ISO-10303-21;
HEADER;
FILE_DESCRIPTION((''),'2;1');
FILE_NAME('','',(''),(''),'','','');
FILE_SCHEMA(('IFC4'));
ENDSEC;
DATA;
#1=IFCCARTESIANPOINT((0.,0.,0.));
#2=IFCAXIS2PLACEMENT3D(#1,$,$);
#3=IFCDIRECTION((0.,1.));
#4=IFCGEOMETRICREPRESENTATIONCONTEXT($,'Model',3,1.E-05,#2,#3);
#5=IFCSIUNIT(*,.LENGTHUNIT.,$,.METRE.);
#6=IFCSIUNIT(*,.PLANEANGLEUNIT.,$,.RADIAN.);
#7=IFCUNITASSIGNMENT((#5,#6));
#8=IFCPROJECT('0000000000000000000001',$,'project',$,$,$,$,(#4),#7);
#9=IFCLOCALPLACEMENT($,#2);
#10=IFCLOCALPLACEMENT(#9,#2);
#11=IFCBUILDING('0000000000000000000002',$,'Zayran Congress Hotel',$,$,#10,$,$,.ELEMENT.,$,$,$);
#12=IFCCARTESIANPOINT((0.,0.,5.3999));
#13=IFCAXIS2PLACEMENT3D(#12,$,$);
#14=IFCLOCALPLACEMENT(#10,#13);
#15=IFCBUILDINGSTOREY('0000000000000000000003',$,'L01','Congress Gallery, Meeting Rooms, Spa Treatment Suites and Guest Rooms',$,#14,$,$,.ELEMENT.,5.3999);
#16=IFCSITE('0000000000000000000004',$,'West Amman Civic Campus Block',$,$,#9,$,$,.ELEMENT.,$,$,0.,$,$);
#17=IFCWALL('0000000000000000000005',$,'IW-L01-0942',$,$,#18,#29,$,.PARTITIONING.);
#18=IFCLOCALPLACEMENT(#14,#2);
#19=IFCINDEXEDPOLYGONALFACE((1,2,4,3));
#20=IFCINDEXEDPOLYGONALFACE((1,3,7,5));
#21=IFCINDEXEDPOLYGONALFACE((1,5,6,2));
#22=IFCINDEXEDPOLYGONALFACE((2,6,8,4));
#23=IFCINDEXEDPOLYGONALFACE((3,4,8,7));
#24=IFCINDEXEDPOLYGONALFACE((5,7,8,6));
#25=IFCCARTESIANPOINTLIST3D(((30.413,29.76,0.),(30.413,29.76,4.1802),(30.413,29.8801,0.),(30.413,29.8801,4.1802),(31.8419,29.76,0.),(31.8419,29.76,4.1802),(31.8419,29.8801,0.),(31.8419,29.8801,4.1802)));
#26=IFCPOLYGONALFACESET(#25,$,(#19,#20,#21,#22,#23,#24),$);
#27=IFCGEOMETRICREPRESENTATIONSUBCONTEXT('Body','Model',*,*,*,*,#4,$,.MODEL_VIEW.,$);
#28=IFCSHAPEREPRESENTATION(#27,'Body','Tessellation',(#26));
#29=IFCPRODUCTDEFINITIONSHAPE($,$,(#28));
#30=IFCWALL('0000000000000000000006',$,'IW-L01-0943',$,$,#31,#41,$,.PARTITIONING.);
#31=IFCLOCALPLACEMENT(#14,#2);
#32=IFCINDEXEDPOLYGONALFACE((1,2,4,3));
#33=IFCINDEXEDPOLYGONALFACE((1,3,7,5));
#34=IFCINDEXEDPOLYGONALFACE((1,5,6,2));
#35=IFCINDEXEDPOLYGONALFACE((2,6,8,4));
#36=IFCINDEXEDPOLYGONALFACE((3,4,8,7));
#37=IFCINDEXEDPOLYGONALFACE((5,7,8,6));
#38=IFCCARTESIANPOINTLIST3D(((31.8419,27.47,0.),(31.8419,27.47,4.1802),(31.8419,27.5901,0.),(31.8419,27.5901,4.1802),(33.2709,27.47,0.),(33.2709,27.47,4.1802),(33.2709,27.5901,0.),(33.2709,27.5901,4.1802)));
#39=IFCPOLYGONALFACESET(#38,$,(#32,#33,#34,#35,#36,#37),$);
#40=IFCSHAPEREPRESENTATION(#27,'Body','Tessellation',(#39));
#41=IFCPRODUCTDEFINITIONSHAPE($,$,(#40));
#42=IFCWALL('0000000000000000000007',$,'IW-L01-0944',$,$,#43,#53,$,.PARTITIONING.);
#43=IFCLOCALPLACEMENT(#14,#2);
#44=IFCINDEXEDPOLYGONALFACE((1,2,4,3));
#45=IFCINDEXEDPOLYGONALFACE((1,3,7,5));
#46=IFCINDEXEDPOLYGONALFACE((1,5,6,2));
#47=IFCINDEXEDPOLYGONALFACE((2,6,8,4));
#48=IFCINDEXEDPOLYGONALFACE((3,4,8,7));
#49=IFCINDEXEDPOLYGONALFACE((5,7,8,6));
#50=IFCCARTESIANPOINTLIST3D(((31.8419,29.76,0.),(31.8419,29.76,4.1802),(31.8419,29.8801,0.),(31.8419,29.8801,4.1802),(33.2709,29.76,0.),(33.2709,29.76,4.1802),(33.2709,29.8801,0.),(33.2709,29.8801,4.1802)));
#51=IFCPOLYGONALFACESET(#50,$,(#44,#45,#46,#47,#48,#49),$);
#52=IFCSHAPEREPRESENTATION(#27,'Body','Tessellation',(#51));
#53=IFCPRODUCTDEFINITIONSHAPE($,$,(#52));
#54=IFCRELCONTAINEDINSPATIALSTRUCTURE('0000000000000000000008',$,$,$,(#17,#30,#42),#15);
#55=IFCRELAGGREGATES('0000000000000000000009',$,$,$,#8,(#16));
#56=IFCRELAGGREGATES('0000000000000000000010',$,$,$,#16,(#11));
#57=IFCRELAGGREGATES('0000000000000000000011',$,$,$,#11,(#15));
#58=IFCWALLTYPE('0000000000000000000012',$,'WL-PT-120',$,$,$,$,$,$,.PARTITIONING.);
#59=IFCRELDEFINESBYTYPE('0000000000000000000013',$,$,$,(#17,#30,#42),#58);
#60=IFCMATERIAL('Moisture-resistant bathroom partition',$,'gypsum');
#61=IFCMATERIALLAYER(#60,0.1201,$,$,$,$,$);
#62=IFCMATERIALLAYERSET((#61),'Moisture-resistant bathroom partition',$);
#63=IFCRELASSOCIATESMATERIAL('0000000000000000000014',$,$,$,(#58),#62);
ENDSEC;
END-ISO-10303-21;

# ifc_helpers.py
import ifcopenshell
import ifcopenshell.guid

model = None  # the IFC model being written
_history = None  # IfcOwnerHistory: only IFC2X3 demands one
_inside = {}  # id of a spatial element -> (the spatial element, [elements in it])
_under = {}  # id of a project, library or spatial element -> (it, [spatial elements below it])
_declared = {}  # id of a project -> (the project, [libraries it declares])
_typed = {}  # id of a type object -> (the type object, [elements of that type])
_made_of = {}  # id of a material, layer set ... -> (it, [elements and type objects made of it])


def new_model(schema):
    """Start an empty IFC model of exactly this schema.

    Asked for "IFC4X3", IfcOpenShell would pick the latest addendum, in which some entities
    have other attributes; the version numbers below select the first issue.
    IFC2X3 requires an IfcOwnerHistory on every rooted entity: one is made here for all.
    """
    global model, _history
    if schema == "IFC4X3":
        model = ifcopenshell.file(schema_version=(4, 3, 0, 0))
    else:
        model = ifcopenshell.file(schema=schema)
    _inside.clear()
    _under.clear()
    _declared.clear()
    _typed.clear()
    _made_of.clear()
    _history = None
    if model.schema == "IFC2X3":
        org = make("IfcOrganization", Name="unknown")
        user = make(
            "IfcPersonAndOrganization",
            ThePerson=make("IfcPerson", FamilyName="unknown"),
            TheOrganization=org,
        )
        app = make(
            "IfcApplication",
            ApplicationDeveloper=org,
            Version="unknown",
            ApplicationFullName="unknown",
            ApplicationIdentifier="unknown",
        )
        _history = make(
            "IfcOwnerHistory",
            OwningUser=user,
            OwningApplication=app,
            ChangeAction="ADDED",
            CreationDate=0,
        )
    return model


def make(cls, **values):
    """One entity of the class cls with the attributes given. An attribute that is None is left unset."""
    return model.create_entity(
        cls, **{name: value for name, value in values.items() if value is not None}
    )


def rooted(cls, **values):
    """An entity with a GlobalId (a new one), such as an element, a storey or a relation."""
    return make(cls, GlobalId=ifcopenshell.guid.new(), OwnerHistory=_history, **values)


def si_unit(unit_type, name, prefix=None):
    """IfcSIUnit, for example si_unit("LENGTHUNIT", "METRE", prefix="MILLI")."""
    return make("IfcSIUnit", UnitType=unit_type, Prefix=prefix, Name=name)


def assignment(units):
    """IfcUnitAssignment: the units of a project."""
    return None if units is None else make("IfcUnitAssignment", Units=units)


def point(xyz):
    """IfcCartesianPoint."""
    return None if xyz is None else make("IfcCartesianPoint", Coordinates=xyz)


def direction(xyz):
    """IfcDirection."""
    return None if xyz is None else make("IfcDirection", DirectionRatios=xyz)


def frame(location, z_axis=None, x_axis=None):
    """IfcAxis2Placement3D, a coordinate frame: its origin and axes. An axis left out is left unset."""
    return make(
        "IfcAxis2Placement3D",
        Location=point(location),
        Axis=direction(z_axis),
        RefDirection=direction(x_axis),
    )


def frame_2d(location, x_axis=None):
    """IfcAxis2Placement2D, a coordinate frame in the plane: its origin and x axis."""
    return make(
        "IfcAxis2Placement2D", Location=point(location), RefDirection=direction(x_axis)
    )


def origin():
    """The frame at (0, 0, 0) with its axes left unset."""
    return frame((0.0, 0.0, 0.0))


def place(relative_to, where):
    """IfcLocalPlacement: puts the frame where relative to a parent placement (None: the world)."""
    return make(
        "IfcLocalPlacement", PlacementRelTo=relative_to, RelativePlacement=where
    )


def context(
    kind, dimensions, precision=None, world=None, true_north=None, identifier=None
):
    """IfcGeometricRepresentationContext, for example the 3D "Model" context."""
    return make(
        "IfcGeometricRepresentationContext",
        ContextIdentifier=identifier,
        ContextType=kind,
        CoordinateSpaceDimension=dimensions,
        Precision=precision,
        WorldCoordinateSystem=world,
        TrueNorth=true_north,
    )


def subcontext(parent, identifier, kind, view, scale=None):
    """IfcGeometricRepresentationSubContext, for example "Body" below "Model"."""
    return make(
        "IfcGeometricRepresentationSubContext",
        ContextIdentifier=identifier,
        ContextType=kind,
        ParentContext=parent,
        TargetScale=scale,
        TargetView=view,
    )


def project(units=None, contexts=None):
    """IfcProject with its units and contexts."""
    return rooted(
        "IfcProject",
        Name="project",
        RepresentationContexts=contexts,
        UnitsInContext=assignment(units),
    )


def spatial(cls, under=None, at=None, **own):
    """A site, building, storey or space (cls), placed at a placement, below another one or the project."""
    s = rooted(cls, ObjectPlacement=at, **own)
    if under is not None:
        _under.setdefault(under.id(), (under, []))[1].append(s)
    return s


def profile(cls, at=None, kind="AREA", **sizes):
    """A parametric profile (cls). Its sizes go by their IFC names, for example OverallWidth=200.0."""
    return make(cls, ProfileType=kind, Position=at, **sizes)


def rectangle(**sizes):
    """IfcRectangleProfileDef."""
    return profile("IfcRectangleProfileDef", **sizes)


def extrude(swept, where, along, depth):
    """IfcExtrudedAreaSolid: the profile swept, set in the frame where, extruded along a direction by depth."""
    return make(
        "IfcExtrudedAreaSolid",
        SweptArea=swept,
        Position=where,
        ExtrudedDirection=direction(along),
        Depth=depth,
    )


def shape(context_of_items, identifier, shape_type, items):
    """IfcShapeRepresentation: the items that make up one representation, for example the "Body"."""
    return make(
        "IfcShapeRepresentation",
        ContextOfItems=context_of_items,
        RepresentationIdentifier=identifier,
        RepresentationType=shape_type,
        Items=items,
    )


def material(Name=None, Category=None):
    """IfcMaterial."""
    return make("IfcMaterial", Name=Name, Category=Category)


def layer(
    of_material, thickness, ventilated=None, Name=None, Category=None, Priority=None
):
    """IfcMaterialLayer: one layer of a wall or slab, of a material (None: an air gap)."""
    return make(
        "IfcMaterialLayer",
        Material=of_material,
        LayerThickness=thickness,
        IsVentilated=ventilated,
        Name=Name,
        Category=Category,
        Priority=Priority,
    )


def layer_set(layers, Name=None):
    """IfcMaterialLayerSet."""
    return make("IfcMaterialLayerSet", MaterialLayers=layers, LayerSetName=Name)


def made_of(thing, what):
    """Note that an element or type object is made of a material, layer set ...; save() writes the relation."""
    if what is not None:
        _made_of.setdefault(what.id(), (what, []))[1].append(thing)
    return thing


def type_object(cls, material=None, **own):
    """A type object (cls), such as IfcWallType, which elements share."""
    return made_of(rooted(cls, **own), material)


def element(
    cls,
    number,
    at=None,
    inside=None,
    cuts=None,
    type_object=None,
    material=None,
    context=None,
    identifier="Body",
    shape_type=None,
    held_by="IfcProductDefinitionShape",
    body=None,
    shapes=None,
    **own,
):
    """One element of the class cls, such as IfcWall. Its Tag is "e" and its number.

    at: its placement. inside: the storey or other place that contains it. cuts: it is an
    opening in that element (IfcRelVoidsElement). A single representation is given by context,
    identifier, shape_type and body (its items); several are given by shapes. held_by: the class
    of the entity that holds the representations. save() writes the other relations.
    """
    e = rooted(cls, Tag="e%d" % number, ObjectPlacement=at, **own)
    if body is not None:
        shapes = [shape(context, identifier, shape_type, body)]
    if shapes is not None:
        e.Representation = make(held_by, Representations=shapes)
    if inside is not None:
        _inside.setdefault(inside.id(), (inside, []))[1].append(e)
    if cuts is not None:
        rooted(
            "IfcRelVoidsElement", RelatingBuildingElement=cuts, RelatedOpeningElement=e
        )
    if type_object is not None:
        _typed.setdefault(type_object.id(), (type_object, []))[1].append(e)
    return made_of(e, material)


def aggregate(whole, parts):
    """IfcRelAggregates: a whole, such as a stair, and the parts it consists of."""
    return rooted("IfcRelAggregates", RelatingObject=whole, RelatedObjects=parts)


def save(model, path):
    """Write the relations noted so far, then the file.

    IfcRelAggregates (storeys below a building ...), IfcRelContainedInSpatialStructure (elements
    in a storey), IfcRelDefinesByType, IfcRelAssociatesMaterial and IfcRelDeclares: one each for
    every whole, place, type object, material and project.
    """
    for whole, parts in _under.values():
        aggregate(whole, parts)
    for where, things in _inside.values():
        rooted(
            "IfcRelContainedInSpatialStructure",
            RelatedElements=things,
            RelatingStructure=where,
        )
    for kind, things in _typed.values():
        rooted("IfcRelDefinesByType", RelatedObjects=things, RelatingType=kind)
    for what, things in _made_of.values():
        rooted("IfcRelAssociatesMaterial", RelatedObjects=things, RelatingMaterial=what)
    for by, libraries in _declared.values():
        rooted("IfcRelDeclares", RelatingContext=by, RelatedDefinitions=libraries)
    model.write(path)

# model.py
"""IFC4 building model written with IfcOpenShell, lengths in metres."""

from ifc_helpers import new_model, si_unit, direction, frame, frame_2d, origin, place, context, subcontext, project, spatial, rectangle, extrude, material, layer, layer_set, type_object, element, save


model = new_model("IFC4")

# Units and contexts
model_context = context("Model", 3, precision=1e-05, world=origin(), true_north=direction((0.0, 1.0)))
body_context = subcontext(model_context, "Body", "Model", "MODEL_VIEW")
ifc_project = project(units=[si_unit("LENGTHUNIT", "METRE"), si_unit("PLANEANGLEUNIT", "RADIAN")], contexts=[model_context])

# Site, building, storey
site_placement = place(None, origin())
site = spatial("IfcSite", under=ifc_project, at=site_placement, Name="West Amman Civic Campus Block", CompositionType="ELEMENT", RefElevation=0.0)
building_placement = place(site_placement, origin())
building = spatial("IfcBuilding", under=site, at=building_placement, Name="Zayran Congress Hotel", CompositionType="ELEMENT")
storey_placement = place(building_placement, frame((0.0, 0.0, 5.3999)))
storey = spatial("IfcBuildingStorey", under=building, at=storey_placement, Name="L01", Description="Congress Gallery, Meeting Rooms, Spa Treatment Suites and Guest Rooms", CompositionType="ELEMENT", Elevation=5.3999)

# Shared definitions
ifc_material_1 = material(Name="Moisture-resistant bathroom partition", Category="gypsum")
ifc_layer_1 = layer(ifc_material_1, 0.1201)
ifc_layer_set_1 = layer_set([ifc_layer_1], Name="Moisture-resistant bathroom partition")
wall_type_1 = type_object("IfcWallType", Name="WL-PT-120", PredefinedType="PARTITIONING", material=ifc_layer_set_1)

# Walls
for number, where, z_axis, x_axis, name in (
    (1, (30.4131, 29.8201, 0.0), (0.0, 0.0, 1.0), (1.0, 0.0, 0.0), "IW-L01-0942"),
    (2, (31.842, 27.53, 0.0), (0.0, 0.0, 1.0), (1.0, 0.0, 0.0), "IW-L01-0943"),
    (3, (31.842, 29.8201, 0.0), (0.0, 0.0, 1.0), (1.0, 0.0, 0.0), "IW-L01-0944"),
):
    element("IfcWall", number, at=place(storey_placement, frame(where, z_axis=z_axis, x_axis=x_axis)), inside=storey, type_object=wall_type_1, Name=name, PredefinedType="PARTITIONING", context=body_context, shape_type="SweptSolid", body=[
        extrude(rectangle(XDim=1.429, YDim=0.1201, at=frame_2d((0.7144, 0.0))), origin(), (0.0, 0.0, 1.0), 4.1802),
    ])

save(model, "model.ifc")
